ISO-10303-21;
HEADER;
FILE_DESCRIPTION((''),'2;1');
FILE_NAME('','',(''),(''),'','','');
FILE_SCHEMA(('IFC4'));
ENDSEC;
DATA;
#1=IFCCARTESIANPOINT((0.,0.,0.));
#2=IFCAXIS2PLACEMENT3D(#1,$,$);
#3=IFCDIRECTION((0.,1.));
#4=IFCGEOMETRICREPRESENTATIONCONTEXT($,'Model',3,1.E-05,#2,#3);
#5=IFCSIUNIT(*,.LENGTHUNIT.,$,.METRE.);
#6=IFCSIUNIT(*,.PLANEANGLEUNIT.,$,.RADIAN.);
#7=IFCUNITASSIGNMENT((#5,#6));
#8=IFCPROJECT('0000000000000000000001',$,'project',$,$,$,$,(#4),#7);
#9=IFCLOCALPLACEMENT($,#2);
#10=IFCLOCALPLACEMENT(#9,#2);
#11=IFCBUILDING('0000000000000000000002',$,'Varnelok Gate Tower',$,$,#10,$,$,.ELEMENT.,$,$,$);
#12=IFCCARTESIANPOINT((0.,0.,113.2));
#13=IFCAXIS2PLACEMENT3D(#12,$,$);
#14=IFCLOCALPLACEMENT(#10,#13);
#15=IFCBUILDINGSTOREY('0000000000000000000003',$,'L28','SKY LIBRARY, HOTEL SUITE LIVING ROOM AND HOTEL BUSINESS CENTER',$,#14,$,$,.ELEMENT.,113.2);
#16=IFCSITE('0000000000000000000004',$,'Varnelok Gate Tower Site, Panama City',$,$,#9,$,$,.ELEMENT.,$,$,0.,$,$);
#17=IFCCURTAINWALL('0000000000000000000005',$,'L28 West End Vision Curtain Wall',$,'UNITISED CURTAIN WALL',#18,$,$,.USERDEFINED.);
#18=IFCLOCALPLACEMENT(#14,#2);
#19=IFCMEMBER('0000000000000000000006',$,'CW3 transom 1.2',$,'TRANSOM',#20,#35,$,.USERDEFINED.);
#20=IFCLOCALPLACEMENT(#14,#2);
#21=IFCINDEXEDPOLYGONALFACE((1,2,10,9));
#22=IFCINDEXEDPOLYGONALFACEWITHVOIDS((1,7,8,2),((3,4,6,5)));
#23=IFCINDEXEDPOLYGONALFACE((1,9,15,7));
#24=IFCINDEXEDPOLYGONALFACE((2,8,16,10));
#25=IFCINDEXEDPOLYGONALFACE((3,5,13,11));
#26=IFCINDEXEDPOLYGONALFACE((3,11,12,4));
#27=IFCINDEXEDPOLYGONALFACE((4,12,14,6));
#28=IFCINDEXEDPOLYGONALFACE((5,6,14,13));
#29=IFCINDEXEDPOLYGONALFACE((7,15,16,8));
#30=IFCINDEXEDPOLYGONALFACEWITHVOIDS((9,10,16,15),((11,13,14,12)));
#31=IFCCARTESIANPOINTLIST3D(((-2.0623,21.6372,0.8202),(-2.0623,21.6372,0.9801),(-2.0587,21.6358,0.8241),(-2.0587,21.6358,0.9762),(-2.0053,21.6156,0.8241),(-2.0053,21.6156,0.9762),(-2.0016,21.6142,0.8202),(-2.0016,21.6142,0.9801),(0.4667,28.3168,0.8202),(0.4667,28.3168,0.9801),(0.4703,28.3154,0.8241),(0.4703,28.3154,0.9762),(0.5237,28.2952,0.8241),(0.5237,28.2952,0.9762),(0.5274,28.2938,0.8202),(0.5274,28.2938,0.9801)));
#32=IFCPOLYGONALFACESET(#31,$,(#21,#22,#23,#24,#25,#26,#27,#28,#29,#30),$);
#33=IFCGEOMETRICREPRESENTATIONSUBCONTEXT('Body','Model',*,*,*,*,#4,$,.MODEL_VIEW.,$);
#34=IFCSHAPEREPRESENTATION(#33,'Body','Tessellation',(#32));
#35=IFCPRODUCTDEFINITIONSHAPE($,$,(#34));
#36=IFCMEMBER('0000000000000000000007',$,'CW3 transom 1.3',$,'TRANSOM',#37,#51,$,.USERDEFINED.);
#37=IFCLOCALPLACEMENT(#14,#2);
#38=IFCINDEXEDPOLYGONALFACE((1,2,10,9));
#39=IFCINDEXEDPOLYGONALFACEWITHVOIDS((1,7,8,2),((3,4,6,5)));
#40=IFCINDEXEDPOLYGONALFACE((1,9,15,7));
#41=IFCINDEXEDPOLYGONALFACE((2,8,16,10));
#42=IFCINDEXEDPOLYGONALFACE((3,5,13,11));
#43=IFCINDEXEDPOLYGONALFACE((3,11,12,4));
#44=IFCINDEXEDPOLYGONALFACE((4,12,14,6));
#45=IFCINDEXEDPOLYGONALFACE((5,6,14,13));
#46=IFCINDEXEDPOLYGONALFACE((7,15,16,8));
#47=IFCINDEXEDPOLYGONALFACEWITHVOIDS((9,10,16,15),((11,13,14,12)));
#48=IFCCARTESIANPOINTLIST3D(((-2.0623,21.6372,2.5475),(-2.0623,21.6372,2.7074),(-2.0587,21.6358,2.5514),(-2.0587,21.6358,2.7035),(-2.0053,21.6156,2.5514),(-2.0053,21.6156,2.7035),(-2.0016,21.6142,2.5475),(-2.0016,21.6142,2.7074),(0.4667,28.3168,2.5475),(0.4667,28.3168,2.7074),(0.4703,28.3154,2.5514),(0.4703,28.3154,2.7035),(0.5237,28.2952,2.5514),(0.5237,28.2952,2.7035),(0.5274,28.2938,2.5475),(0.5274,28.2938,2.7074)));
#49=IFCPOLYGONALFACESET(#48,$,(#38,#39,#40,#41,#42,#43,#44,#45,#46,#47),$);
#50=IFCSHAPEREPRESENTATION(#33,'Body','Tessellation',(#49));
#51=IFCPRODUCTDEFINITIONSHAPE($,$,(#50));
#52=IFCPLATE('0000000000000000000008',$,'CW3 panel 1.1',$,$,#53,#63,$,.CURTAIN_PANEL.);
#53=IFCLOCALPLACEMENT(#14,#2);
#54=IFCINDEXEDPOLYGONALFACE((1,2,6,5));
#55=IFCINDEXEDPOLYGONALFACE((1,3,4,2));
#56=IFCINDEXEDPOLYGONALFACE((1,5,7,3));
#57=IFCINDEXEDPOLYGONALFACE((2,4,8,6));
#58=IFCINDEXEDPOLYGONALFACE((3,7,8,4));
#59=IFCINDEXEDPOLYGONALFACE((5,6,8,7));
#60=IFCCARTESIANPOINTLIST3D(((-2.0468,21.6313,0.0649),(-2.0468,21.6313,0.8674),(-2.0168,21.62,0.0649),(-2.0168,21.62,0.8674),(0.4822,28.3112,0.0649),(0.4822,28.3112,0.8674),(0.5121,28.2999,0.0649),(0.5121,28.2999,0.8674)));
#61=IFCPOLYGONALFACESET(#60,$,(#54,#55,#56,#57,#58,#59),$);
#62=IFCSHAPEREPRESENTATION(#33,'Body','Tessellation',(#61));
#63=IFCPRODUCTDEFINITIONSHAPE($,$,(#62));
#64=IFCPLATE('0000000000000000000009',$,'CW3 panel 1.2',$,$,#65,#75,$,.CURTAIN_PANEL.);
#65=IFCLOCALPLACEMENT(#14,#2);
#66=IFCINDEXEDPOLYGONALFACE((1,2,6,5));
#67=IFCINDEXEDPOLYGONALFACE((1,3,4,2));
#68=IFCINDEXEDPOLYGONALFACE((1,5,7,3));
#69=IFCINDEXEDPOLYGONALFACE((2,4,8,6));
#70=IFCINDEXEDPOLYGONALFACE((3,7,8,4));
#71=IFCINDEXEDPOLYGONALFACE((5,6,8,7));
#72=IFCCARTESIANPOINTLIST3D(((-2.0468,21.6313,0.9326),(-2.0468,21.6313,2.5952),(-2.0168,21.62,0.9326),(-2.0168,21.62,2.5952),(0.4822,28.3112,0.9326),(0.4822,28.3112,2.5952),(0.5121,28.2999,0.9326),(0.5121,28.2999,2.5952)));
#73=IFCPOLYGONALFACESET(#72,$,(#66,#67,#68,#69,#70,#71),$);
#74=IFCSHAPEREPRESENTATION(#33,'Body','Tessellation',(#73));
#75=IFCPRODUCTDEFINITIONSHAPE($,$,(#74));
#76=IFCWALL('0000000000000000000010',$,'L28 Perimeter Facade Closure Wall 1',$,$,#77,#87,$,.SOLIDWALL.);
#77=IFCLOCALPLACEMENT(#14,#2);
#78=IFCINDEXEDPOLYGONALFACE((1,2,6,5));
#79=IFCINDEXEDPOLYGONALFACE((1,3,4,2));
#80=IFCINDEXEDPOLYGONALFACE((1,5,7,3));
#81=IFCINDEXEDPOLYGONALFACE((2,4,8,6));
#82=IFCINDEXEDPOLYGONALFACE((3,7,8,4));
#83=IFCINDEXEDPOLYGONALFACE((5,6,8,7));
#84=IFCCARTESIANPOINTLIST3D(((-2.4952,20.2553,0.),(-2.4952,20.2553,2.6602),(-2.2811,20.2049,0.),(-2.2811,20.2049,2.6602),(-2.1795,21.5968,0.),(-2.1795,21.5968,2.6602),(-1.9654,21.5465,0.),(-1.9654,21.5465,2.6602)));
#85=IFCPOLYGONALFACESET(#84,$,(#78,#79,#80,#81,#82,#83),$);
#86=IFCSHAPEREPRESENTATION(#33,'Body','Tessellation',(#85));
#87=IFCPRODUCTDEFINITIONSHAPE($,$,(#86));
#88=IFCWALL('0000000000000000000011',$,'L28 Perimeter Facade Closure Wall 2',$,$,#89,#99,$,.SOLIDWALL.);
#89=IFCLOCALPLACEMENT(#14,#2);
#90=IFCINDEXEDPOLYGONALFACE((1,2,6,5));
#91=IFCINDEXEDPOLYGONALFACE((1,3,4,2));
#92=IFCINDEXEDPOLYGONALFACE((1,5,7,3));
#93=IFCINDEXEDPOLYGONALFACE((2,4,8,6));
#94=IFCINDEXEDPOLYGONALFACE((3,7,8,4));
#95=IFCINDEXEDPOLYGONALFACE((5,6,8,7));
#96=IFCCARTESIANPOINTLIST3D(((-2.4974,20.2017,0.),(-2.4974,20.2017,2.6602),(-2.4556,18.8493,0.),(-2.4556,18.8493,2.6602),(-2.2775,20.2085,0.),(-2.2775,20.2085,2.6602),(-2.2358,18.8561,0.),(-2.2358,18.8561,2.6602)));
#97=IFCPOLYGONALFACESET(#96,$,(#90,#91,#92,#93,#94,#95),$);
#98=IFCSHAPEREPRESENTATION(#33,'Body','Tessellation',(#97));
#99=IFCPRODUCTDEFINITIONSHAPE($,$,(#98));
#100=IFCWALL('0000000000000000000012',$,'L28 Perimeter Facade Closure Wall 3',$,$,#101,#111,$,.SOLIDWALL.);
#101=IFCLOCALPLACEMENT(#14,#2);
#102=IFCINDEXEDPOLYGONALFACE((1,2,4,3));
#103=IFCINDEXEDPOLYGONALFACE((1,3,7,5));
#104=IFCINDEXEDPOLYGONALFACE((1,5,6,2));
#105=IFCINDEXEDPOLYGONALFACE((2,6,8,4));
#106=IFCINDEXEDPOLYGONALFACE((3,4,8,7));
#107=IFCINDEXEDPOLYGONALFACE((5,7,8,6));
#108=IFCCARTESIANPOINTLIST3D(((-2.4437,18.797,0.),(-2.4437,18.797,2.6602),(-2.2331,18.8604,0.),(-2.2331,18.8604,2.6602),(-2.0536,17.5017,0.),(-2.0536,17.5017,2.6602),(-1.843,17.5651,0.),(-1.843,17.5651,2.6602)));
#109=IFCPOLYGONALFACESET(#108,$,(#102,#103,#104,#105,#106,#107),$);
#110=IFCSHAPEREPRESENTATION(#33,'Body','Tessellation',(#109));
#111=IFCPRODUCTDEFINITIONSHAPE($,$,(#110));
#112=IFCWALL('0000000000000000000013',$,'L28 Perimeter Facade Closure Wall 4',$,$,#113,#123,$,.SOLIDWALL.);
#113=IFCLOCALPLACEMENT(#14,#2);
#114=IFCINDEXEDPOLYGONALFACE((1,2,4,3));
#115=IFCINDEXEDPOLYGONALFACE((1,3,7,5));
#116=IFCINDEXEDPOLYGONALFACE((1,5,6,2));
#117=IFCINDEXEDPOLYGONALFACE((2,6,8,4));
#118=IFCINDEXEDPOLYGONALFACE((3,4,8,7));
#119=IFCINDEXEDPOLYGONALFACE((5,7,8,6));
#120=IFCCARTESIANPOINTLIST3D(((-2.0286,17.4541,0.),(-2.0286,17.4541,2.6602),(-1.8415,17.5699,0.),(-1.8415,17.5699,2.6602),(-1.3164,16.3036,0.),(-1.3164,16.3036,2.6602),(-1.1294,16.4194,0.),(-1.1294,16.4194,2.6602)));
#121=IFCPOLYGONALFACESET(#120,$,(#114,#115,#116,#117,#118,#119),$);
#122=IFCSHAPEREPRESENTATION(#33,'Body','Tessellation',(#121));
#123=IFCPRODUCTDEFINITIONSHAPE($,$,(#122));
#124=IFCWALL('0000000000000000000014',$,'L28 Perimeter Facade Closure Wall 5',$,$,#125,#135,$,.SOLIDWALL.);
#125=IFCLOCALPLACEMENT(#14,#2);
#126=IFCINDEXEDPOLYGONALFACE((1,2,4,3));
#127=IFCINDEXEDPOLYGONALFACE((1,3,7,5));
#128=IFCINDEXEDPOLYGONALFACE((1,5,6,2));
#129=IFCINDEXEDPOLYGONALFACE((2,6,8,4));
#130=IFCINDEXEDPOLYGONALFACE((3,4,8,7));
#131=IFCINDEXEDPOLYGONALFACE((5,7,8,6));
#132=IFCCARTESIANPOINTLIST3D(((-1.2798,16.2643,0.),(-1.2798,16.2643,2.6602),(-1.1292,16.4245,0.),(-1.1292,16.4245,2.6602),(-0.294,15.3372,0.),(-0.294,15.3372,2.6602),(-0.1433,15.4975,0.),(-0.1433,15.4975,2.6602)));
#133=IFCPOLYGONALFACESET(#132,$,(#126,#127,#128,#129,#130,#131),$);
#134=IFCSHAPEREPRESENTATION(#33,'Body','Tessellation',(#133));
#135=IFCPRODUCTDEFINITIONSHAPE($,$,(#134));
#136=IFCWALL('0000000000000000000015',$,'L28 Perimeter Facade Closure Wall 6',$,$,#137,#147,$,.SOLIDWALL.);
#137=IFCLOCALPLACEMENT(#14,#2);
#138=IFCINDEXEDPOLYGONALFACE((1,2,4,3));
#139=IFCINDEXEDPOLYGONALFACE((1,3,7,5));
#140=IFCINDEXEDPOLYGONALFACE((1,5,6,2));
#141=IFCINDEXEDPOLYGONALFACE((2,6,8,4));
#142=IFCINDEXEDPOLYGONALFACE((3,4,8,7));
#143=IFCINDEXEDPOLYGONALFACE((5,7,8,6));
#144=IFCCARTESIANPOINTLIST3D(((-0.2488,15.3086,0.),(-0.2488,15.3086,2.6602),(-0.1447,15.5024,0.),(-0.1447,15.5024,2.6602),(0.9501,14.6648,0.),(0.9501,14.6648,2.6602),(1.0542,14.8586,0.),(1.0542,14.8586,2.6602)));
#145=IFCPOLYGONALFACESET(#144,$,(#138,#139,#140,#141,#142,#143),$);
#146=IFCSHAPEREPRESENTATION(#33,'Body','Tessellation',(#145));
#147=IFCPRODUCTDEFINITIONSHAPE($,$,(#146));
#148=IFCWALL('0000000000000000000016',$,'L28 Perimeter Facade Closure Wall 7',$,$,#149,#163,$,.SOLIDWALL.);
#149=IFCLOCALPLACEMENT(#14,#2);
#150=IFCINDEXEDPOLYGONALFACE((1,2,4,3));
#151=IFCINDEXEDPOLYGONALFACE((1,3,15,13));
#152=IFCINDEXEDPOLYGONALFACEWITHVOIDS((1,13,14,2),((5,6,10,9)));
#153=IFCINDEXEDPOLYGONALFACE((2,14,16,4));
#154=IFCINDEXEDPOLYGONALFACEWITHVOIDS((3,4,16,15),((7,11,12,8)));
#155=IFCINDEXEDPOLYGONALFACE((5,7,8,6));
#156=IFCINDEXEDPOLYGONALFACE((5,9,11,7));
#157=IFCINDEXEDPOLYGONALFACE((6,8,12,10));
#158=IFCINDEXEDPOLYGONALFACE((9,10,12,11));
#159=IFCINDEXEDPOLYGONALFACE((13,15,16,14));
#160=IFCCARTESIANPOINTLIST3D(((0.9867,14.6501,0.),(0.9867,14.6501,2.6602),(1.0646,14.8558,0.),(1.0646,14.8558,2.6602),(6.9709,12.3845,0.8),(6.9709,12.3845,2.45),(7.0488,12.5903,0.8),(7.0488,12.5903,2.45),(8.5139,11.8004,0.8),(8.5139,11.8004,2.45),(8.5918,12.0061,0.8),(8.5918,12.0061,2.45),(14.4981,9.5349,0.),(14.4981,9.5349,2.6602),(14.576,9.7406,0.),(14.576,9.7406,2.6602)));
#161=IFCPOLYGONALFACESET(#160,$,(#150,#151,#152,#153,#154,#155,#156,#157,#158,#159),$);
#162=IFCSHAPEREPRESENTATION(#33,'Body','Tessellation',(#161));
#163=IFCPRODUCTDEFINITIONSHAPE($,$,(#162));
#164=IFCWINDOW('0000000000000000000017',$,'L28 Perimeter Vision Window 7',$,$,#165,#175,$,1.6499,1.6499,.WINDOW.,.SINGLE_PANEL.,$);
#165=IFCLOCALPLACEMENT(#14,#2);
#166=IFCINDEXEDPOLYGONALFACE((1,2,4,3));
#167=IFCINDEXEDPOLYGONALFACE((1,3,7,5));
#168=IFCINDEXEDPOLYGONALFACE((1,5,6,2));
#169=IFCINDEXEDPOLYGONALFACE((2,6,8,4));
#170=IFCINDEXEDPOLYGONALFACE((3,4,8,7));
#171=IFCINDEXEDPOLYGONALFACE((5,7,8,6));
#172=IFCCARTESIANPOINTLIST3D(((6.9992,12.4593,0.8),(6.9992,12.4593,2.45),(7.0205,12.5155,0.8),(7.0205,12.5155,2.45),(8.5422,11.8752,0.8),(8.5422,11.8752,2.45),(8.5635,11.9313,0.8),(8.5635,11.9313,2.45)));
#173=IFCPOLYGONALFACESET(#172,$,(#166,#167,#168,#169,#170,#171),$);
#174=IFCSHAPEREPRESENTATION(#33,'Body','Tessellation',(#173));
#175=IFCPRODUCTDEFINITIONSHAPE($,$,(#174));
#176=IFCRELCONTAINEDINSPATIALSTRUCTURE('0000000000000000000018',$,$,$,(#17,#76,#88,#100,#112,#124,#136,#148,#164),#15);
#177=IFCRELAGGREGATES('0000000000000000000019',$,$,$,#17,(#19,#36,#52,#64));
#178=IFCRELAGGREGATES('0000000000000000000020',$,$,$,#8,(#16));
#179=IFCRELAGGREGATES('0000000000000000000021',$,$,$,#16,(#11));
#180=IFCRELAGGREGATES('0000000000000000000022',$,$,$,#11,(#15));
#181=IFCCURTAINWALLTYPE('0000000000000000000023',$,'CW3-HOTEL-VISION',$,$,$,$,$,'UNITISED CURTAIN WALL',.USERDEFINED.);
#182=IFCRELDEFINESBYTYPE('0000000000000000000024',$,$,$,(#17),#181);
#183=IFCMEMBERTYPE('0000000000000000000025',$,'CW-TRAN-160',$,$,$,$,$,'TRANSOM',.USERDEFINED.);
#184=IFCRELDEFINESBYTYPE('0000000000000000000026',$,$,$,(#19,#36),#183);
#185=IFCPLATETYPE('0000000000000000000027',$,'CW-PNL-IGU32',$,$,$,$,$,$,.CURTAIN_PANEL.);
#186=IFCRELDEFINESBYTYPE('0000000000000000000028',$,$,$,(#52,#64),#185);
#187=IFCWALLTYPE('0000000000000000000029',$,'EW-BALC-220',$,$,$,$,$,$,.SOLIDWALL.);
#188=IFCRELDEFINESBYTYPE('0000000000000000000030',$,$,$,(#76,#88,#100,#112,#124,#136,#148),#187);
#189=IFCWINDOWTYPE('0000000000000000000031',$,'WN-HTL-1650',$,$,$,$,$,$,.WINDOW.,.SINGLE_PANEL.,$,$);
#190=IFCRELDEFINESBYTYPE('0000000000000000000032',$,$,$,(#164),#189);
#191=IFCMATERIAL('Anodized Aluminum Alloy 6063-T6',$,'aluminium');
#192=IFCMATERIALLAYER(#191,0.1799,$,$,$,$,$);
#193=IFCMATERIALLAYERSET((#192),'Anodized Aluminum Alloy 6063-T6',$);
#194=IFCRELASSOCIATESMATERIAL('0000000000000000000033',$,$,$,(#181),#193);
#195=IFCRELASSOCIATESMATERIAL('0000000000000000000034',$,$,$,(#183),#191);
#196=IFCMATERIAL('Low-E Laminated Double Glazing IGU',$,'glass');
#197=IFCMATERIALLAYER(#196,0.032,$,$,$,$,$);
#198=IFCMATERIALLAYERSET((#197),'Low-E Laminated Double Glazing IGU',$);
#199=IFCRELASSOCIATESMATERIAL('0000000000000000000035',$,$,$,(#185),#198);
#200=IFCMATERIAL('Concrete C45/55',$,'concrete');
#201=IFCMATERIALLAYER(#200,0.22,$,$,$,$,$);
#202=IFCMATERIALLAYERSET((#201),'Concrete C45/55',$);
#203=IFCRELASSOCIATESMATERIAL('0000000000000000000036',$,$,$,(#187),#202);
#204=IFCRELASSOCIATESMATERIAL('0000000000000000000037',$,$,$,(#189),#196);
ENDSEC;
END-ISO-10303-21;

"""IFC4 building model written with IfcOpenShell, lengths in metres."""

from ifc_helpers import new_model, si_unit, direction, frame, frame_2d, origin, origin_2d, place, context, subcontext, project, spatial, rectangle, hollow_rectangle, extrude, source, transform, mapped, material, layer, layer_set, material_profile, profile_set, type_object, element, fill, aggregate, save


model = new_model("IFC4")

# Units and contexts
model_context = context("Model", 3, precision=1e-05, world=origin(), true_north=direction((0.0, 1.0)))
body_context = subcontext(model_context, "Body", "Model", "MODEL_VIEW")
ifc_project = project(units=[si_unit("LENGTHUNIT", "METRE"), si_unit("PLANEANGLEUNIT", "RADIAN")], contexts=[model_context])

# Site, building, storey
site_placement = place(None, origin())
site = spatial("IfcSite", under=ifc_project, at=site_placement, Name="Varnelok Gate Tower Site, Panama City", CompositionType="ELEMENT", RefElevation=0.0)
building_placement = place(site_placement, origin())
building = spatial("IfcBuilding", under=site, at=building_placement, Name="Varnelok Gate Tower", CompositionType="ELEMENT")
storey_placement = place(building_placement, frame((0.0, 0.0, 113.2)))
storey = spatial("IfcBuildingStorey", under=building, at=storey_placement, Name="L28", Description="SKY LIBRARY, HOTEL SUITE LIVING ROOM AND HOTEL BUSINESS CENTER", CompositionType="ELEMENT", Elevation=113.2)

# Curtain wall, members, plates
ifc_material_1 = material(Name="Anodized Aluminum Alloy 6063-T6", Category="aluminium")
ifc_layer_1 = layer(ifc_material_1, 0.1799)
ifc_layer_set_1 = layer_set([ifc_layer_1], Name="Anodized Aluminum Alloy 6063-T6")
curtain_wall_type = type_object("IfcCurtainWallType", Name="CW3-HOTEL-VISION", ElementType="UNITISED CURTAIN WALL", PredefinedType="USERDEFINED", material=ifc_layer_set_1)
curtain_wall_placement = place(storey_placement, origin())
curtain_wall = element("IfcCurtainWall", 1, at=curtain_wall_placement, inside=storey, type_object=curtain_wall_type, Name="L28 West End Vision Curtain Wall", ObjectType="UNITISED CURTAIN WALL", PredefinedType="USERDEFINED")
ifc_material_profile_1 = material_profile(ifc_material_1, hollow_rectangle(XDim=0.0649, YDim=0.1599, WallThickness=0.0039, at=origin_2d()), Name="ALU160X65X4")
ifc_profile_set_1 = profile_set([ifc_material_profile_1], Name="Anodized Aluminum Alloy 6063-T6")
member_type_1 = type_object("IfcMemberType", Name="CW-TRAN-160", ElementType="TRANSOM", PredefinedType="USERDEFINED", material=ifc_profile_set_1)
member_1_placement = place(storey_placement, frame((-2.032, 21.6257, 0.9001), z_axis=(0.354088, 0.935212, 0.0), x_axis=(-0.935212, 0.354088, 0.0)))
member_1 = element("IfcMember", 2, at=member_1_placement, type_object=member_type_1, Name="CW3 transom 1.2", ObjectType="TRANSOM", PredefinedType="USERDEFINED", context=body_context, shape_type="SweptSolid", body=[
    extrude(hollow_rectangle(XDim=0.0649, YDim=0.1599, WallThickness=0.0039, at=origin_2d()), origin(), (0.0, 0.0, 1.0), 7.1423),
])
member_2_placement = place(storey_placement, frame((-2.032, 21.6257, 2.6274), z_axis=(0.354088, 0.935212, 0.0), x_axis=(-0.935212, 0.354088, 0.0)))
member_2 = element("IfcMember", 3, at=member_2_placement, type_object=member_type_1, Name="CW3 transom 1.3", ObjectType="TRANSOM", PredefinedType="USERDEFINED", context=body_context, shape_type="SweptSolid", body=[
    extrude(hollow_rectangle(XDim=0.0649, YDim=0.1599, WallThickness=0.0039, at=origin_2d()), origin(), (0.0, 0.0, 1.0), 7.1423),
])
ifc_material_2 = material(Name="Low-E Laminated Double Glazing IGU", Category="glass")
ifc_layer_2 = layer(ifc_material_2, 0.032)
ifc_layer_set_2 = layer_set([ifc_layer_2], Name="Low-E Laminated Double Glazing IGU")
plate_type = type_object("IfcPlateType", Name="CW-PNL-IGU32", PredefinedType="CURTAIN_PANEL", material=ifc_layer_set_2)
shared_shape_1 = source(origin(), body_context, "Body", "SweptSolid", [
    extrude(rectangle(XDim=7.1426, YDim=0.032, at=origin_2d()), origin(), (0.0, 0.0, 1.0), 0.8025),
])
plate_1_placement = place(storey_placement, frame((-0.7673, 24.9656, 0.0649), z_axis=(0.0, 0.0, 1.0), x_axis=(0.354064, 0.935221, 0.0)))
plate_1 = element("IfcPlate", 4, at=plate_1_placement, type_object=plate_type, Name="CW3 panel 1.1", PredefinedType="CURTAIN_PANEL", context=body_context, shape_type="MappedRepresentation", body=[
    mapped(shared_shape_1, transform((0.0, 0.0, 0.0), scale=1.0)),
])
shared_shape_2 = source(origin(), body_context, "Body", "SweptSolid", [
    extrude(rectangle(XDim=7.1426, YDim=0.032, at=origin_2d()), origin(), (0.0, 0.0, 1.0), 1.6626),
])
plate_2_placement = place(storey_placement, frame((-0.7673, 24.9656, 0.9326), z_axis=(0.0, 0.0, 1.0), x_axis=(0.354064, 0.935221, 0.0)))
plate_2 = element("IfcPlate", 5, at=plate_2_placement, type_object=plate_type, Name="CW3 panel 1.2", PredefinedType="CURTAIN_PANEL", context=body_context, shape_type="MappedRepresentation", body=[
    mapped(shared_shape_2, transform((0.0, 0.0, 0.0), scale=1.0)),
])
aggregate(curtain_wall, [member_1, member_2, plate_1, plate_2])

# Walls
ifc_material_3 = material(Name="Concrete C45/55", Category="concrete")
ifc_layer_3 = layer(ifc_material_3, 0.22)
ifc_layer_set_3 = layer_set([ifc_layer_3], Name="Concrete C45/55")
wall_type_1 = type_object("IfcWallType", Name="EW-BALC-220", PredefinedType="SOLIDWALL", material=ifc_layer_set_3)
wall_1_placement = place(storey_placement, frame((-2.0725, 21.5715, 0.0), z_axis=(0.0, 0.0, 1.0), x_axis=(-0.229049, -0.973415, 0.0)))
element("IfcWall", 6, at=wall_1_placement, inside=storey, type_object=wall_type_1, Name="L28 Perimeter Facade Closure Wall 1", PredefinedType="SOLIDWALL", context=body_context, shape_type="SweptSolid", body=[
    extrude(rectangle(XDim=1.3782, YDim=0.22, at=frame_2d((0.689, 0.0))), origin(), (0.0, 0.0, 1.0), 2.6602),
])
wall_2_placement = place(storey_placement, frame((-2.3875, 20.2051, 0.0), z_axis=(0.0, 0.0, 1.0), x_axis=(0.030857, -0.999524, 0.0)))
element("IfcWall", 7, at=wall_2_placement, inside=storey, type_object=wall_type_1, Name="L28 Perimeter Facade Closure Wall 2", PredefinedType="SOLIDWALL", context=body_context, shape_type="SweptSolid", body=[
    extrude(rectangle(XDim=1.353, YDim=0.22, at=frame_2d((0.6765, 0.0))), origin(), (0.0, 0.0, 1.0), 2.6602),
])
wall_3_placement = place(storey_placement, frame((-2.3384, 18.8286, 0.0), z_axis=(0.0, 0.0, 1.0), x_axis=(0.288374, -0.957518, 0.0)))
element("IfcWall", 8, at=wall_3_placement, inside=storey, type_object=wall_type_1, Name="L28 Perimeter Facade Closure Wall 3", PredefinedType="SOLIDWALL", context=body_context, shape_type="SweptSolid", body=[
    extrude(rectangle(XDim=1.3528, YDim=0.22, at=frame_2d((0.6763, 0.0))), origin(), (0.0, 0.0, 1.0), 2.6602),
])
wall_4_placement = place(storey_placement, frame((-1.9351, 17.512, 0.0), z_axis=(0.0, 0.0, 1.0), x_axis=(0.526361, -0.850261, 0.0)))
element("IfcWall", 9, at=wall_4_placement, inside=storey, type_object=wall_type_1, Name="L28 Perimeter Facade Closure Wall 4", PredefinedType="SOLIDWALL", context=body_context, shape_type="SweptSolid", body=[
    extrude(rectangle(XDim=1.353, YDim=0.22, at=frame_2d((0.6765, 0.0))), origin(), (0.0, 0.0, 1.0), 2.6602),
])
wall_5_placement = place(storey_placement, frame((-1.2046, 16.3445, 0.0), z_axis=(0.0, 0.0, 1.0), x_axis=(0.728512, -0.685033, 0.0)))
element("IfcWall", 10, at=wall_5_placement, inside=storey, type_object=wall_type_1, Name="L28 Perimeter Facade Closure Wall 5", PredefinedType="SOLIDWALL", context=body_context, shape_type="SweptSolid", body=[
    extrude(rectangle(XDim=1.3533, YDim=0.22, at=frame_2d((0.6768, 0.0))), origin(), (0.0, 0.0, 1.0), 2.6602),
])
wall_6_placement = place(storey_placement, frame((-0.1968, 15.4055, 0.0), z_axis=(0.0, 0.0, 1.0), x_axis=(0.881024, -0.473072, 0.0)))
element("IfcWall", 11, at=wall_6_placement, inside=storey, type_object=wall_type_1, Name="L28 Perimeter Facade Closure Wall 6", PredefinedType="SOLIDWALL", context=body_context, shape_type="SweptSolid", body=[
    extrude(rectangle(XDim=1.3608, YDim=0.22, at=frame_2d((0.6804, 0.0))), origin(), (0.0, 0.0, 1.0), 2.6602),
])

# Wall, opening, window
wall_7_placement = place(storey_placement, frame((1.0256, 14.7529, 0.0), z_axis=(0.0, 0.0, 1.0), x_axis=(0.935222, -0.354061, 0.0)))
wall_7 = element("IfcWall", 12, at=wall_7_placement, inside=storey, type_object=wall_type_1, Name="L28 Perimeter Facade Closure Wall 7", PredefinedType="SOLIDWALL", context=body_context, shape_type="SweptSolid", body=[
    extrude(rectangle(XDim=14.4473, YDim=0.22, at=frame_2d((7.2236, 0.0))), origin(), (0.0, 0.0, 1.0), 2.6602),
])
opening_1_placement = place(wall_7_placement, frame((6.3987, 0.0, 0.8)))
opening_1 = element("IfcOpeningElement", 13, at=opening_1_placement, cuts=wall_7, PredefinedType="OPENING", context=body_context, shape_type="SweptSolid", body=[
    extrude(rectangle(XDim=1.6499, YDim=1.6499, at=frame_2d((0.825, 0.825))), frame((0.0, 0.1199, 0.0), z_axis=(0.0, -1.0, 0.0), x_axis=(1.0, 0.0, 0.0)), (0.0, 0.0, 1.0), 0.24),
])
window_type = type_object("IfcWindowType", Name="WN-HTL-1650", PartitioningType="SINGLE_PANEL", PredefinedType="WINDOW", material=ifc_material_2)
window_placement = place(opening_1_placement, origin())
window = element("IfcWindow", 14, at=window_placement, inside=storey, type_object=window_type, Name="L28 Perimeter Vision Window 7", OverallHeight=1.6499, OverallWidth=1.6499, PartitioningType="SINGLE_PANEL", PredefinedType="WINDOW", context=body_context, shape_type="SweptSolid", body=[
    extrude(rectangle(XDim=1.6499, YDim=1.6499, at=frame_2d((0.825, 0.825))), frame((0.0, 0.03, 0.0), z_axis=(0.0, -1.0, 0.0), x_axis=(1.0, 0.0, 0.0)), (0.0, 0.0, 1.0), 0.0601),
])
fill(opening_1, window)

save(model, "model.ifc")
